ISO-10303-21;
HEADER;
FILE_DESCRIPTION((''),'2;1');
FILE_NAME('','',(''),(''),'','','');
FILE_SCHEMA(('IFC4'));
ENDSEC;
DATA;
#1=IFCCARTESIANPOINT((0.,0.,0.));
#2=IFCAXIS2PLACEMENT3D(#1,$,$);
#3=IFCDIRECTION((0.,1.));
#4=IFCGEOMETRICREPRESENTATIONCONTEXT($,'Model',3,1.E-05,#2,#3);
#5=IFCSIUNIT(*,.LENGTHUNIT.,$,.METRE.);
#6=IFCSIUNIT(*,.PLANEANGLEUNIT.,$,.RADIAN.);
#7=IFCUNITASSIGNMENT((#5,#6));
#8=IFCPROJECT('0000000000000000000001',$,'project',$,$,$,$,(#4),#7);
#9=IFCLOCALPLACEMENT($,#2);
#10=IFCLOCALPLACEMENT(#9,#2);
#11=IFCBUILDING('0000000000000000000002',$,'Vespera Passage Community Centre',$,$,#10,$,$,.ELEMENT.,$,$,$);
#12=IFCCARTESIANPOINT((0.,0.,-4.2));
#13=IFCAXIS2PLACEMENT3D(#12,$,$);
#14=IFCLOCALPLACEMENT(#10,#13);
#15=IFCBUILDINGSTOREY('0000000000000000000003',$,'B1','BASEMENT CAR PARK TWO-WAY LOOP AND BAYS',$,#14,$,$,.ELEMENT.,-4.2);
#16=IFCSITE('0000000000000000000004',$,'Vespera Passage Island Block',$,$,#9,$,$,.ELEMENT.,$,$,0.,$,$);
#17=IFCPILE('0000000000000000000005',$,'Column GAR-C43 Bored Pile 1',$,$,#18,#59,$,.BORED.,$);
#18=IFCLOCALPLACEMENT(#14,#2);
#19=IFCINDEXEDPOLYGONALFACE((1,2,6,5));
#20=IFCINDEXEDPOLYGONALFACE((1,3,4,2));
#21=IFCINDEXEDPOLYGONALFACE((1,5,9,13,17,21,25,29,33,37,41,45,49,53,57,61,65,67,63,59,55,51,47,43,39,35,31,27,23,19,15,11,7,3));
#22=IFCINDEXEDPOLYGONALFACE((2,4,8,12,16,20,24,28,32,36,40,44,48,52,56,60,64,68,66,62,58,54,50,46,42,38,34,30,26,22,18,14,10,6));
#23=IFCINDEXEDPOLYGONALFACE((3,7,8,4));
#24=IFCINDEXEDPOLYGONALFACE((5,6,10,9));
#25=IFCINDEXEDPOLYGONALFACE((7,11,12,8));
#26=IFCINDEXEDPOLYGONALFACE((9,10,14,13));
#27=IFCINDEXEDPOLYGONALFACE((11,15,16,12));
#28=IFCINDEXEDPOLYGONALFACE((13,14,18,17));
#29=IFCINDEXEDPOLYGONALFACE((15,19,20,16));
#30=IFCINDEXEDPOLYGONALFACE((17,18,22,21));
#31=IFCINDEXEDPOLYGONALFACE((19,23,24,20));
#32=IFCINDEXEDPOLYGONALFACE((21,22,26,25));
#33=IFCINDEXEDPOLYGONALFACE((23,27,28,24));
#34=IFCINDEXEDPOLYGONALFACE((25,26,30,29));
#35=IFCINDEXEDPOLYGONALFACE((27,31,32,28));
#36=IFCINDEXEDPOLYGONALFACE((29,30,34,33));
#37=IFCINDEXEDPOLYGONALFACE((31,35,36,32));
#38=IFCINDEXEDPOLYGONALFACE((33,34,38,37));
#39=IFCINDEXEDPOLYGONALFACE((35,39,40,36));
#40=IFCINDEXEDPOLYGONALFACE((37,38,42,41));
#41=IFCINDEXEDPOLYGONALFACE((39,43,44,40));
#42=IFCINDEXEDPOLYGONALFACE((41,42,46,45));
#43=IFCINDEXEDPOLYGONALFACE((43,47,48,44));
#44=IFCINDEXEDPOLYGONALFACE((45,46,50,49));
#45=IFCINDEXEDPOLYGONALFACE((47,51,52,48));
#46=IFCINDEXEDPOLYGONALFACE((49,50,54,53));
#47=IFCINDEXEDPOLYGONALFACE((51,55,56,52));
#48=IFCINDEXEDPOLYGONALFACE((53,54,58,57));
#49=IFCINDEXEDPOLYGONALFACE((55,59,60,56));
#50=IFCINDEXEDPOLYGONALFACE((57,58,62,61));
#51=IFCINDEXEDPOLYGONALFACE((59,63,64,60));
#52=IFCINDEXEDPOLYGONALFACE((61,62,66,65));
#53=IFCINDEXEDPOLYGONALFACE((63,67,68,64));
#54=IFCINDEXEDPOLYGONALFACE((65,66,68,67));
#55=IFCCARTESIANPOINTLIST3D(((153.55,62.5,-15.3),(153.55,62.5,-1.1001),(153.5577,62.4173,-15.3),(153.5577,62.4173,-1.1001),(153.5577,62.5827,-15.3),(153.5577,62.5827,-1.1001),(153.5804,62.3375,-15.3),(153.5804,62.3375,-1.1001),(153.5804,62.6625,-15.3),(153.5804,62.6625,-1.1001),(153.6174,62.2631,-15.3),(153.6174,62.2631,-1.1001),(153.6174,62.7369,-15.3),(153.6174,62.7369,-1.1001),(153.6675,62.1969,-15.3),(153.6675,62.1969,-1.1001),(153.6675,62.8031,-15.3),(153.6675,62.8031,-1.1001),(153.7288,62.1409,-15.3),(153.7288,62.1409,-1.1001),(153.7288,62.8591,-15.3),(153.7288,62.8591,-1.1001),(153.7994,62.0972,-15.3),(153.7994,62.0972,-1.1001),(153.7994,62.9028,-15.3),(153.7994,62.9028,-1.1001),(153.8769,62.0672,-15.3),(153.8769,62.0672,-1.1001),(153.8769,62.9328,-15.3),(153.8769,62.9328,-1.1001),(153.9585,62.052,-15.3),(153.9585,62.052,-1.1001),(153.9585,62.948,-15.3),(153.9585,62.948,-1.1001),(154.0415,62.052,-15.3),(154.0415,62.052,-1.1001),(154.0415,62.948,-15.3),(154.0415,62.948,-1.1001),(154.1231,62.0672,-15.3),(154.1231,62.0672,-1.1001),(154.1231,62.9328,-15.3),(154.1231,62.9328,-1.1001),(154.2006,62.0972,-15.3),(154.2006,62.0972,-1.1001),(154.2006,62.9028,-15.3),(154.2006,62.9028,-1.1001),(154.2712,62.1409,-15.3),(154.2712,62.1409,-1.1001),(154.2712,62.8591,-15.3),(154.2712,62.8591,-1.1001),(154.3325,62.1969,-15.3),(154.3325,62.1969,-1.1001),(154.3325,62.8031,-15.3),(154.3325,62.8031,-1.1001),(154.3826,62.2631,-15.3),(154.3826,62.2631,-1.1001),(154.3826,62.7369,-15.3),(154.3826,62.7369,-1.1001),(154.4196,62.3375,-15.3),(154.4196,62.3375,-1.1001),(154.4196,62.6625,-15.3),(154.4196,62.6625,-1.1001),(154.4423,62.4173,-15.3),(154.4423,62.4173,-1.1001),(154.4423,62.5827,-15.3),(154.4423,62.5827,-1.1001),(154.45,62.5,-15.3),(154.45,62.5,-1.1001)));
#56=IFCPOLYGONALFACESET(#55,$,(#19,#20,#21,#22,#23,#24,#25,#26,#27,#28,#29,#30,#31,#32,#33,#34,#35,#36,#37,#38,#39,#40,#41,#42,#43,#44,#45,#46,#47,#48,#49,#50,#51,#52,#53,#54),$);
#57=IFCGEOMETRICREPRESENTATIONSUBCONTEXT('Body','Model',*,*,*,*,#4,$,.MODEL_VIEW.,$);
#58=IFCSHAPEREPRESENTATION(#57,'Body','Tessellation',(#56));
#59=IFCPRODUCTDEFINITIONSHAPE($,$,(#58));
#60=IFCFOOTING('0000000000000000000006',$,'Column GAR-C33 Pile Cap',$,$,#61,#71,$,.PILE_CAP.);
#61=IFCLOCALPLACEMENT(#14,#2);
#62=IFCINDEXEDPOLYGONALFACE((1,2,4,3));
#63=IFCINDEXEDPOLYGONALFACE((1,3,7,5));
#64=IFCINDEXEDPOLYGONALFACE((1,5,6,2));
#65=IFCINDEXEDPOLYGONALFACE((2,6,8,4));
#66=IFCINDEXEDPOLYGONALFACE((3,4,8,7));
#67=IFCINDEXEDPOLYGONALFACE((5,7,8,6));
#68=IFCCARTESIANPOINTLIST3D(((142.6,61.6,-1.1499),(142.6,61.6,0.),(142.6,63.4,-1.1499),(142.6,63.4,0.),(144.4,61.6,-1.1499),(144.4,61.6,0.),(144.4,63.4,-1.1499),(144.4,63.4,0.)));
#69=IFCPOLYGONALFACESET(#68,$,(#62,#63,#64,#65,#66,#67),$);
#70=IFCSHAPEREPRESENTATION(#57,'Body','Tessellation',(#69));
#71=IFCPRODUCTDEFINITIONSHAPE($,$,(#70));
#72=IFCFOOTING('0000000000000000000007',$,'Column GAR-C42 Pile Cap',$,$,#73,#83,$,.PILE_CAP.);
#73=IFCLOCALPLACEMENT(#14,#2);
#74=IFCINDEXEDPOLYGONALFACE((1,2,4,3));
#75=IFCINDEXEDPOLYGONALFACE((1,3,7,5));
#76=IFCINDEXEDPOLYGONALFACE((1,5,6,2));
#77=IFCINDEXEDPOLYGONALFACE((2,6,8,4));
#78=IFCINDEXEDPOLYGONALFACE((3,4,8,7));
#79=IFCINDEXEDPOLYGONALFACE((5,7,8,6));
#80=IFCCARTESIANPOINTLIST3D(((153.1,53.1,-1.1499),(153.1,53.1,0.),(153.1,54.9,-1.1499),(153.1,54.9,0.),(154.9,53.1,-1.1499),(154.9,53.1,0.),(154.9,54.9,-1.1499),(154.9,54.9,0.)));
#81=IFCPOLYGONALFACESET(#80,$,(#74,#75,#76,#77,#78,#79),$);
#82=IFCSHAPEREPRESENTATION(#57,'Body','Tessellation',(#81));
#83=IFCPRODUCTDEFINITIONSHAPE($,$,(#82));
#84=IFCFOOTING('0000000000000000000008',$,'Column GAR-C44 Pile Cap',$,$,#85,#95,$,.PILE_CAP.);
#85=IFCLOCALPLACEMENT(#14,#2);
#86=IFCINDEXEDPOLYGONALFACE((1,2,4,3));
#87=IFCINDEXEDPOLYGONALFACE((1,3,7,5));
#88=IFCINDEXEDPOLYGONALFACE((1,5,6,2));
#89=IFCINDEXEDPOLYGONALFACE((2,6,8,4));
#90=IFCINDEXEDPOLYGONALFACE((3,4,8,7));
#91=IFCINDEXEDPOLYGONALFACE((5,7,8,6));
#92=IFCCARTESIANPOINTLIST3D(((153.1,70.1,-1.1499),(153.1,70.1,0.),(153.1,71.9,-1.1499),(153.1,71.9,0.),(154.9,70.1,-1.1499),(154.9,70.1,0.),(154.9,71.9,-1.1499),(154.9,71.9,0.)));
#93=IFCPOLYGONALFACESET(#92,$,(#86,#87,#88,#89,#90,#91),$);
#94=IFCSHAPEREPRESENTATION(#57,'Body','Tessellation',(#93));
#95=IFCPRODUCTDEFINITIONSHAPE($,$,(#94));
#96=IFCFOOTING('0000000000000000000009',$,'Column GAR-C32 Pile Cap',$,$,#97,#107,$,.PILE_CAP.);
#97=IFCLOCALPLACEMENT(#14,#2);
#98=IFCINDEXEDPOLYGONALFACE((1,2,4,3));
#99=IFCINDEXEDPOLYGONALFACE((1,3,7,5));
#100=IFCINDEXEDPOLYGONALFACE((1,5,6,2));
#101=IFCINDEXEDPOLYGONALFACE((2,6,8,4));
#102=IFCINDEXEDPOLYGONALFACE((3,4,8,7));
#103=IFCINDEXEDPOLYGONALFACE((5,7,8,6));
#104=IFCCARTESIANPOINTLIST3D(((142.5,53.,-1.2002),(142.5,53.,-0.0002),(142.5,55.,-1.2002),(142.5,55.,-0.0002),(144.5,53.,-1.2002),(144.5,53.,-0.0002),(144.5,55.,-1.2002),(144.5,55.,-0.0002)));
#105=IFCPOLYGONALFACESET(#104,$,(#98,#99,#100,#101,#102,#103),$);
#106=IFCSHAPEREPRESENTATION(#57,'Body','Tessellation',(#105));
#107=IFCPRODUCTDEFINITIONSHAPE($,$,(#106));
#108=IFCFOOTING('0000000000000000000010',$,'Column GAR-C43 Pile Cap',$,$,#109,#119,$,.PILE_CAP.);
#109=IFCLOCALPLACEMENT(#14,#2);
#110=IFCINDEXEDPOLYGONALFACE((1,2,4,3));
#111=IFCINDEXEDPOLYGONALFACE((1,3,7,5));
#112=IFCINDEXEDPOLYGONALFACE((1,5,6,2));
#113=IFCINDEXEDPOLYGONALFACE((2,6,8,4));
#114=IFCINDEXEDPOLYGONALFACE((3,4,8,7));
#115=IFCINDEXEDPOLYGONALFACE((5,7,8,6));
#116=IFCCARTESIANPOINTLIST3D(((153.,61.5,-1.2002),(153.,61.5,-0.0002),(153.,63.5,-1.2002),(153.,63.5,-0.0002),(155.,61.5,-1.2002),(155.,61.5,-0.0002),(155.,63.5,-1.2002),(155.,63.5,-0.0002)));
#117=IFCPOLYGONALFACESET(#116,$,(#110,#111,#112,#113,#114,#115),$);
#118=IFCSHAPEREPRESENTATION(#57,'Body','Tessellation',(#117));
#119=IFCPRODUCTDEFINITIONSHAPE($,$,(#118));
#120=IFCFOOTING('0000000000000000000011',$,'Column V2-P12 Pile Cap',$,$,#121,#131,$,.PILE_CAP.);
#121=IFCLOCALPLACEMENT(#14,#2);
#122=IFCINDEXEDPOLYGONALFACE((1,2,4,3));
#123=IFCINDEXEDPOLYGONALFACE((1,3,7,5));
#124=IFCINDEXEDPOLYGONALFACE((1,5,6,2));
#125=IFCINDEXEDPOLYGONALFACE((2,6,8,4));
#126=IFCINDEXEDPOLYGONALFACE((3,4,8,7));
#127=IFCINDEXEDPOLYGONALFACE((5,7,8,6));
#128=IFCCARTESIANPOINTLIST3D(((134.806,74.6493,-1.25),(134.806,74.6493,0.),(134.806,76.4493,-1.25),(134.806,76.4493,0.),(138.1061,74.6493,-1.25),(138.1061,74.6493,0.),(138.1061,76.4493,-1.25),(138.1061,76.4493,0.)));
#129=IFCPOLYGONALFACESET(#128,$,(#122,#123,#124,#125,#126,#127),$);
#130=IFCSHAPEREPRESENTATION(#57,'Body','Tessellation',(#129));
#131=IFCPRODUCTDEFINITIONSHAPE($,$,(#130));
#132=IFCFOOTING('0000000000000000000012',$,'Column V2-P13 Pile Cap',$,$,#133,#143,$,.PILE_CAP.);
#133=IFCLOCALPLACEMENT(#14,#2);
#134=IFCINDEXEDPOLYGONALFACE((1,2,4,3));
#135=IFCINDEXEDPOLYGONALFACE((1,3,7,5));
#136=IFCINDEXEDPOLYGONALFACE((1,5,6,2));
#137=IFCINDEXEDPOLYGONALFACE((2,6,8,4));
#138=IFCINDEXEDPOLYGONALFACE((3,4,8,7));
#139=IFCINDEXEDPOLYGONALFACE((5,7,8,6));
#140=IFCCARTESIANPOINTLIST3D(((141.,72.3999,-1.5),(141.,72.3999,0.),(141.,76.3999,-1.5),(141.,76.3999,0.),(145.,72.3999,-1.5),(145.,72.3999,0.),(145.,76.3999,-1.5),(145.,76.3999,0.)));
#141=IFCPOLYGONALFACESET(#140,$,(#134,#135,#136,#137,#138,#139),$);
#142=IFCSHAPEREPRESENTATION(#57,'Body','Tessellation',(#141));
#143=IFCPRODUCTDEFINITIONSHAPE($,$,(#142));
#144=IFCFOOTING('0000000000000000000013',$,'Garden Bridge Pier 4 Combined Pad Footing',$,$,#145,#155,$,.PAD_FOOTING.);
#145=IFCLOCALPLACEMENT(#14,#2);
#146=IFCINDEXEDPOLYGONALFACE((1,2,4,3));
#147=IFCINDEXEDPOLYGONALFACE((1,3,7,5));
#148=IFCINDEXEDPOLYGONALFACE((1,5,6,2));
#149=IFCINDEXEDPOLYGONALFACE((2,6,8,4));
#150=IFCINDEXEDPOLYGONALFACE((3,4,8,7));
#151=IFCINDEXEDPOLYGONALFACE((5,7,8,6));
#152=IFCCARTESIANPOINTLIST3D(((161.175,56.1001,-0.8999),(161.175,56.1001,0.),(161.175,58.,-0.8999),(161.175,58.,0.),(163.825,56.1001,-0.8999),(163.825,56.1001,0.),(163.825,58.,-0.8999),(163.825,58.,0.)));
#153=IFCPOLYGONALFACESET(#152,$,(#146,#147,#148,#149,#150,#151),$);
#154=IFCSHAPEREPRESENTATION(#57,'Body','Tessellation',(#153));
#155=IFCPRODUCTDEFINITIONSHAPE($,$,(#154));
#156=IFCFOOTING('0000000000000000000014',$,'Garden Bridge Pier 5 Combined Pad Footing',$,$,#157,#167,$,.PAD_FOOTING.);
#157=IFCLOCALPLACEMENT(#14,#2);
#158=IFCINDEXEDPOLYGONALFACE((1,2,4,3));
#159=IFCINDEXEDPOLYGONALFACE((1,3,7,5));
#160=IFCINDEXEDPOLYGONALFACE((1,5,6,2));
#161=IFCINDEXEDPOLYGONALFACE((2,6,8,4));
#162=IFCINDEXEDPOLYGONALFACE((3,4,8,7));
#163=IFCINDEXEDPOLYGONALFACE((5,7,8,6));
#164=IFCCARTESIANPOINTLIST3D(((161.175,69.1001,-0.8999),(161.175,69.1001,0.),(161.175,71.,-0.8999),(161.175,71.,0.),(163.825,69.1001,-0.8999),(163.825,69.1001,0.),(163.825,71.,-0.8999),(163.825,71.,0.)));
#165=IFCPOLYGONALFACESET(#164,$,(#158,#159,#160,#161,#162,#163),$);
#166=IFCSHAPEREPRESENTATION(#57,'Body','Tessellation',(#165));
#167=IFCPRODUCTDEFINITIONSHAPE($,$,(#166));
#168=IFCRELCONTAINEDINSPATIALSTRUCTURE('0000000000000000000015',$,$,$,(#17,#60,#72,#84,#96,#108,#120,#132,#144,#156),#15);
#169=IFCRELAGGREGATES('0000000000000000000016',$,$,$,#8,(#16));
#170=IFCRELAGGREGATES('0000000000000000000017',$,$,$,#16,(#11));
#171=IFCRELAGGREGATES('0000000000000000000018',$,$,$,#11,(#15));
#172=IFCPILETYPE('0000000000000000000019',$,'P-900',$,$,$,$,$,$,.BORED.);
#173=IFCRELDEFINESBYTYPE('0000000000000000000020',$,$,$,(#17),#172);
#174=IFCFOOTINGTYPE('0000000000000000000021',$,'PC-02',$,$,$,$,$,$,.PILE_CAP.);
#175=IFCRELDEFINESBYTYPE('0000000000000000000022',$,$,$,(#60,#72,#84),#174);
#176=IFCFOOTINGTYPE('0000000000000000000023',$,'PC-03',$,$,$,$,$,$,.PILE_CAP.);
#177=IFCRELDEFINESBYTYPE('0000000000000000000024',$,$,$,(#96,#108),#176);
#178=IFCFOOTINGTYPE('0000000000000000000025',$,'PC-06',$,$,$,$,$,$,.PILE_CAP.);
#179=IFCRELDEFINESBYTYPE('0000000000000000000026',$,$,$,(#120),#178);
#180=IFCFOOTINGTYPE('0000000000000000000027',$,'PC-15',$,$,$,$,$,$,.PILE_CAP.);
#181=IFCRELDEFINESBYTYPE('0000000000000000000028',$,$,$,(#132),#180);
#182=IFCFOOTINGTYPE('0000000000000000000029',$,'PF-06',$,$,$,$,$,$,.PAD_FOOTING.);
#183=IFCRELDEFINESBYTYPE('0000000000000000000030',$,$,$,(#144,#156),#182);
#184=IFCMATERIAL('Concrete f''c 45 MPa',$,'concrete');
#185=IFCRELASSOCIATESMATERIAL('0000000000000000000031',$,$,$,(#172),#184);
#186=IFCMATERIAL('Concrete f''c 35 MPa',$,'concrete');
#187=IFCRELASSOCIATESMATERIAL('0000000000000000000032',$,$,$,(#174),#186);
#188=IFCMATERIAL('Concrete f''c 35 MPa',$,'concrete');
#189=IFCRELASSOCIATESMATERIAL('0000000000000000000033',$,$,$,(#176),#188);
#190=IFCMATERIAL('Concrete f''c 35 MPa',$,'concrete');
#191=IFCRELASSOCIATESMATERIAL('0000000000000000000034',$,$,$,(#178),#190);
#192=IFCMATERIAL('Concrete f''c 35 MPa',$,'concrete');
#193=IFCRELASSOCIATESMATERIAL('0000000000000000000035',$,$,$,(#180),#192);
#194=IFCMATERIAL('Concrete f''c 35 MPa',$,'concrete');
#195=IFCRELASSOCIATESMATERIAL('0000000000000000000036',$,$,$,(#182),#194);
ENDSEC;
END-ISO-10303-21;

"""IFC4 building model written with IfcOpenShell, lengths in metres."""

from ifc_helpers import new_model, si_unit, direction, frame, origin, origin_2d, place, context, subcontext, project, spatial, rectangle, circle, extrude, material, material_profile, profile_set, type_object, element, save


model = new_model("IFC4")

# Units and contexts
model_context = context("Model", 3, precision=1e-05, world=origin(), true_north=direction((0.0, 1.0)))
body_context = subcontext(model_context, "Body", "Model", "MODEL_VIEW")
ifc_project = project(units=[si_unit("LENGTHUNIT", "METRE"), si_unit("PLANEANGLEUNIT", "RADIAN")], contexts=[model_context])

# Site, building, storey
site_placement = place(None, origin())
site = spatial("IfcSite", under=ifc_project, at=site_placement, Name="Vespera Passage Island Block", CompositionType="ELEMENT", RefElevation=0.0)
building_placement = place(site_placement, origin())
building = spatial("IfcBuilding", under=site, at=building_placement, Name="Vespera Passage Community Centre", CompositionType="ELEMENT")
storey_placement = place(building_placement, frame((0.0, 0.0, -4.2)))
storey = spatial("IfcBuildingStorey", under=building, at=storey_placement, Name="B1", Description="BASEMENT CAR PARK TWO-WAY LOOP AND BAYS", CompositionType="ELEMENT", Elevation=-4.2)

# Pile
ifc_material_1 = material(Name="Concrete f'c 45 MPa", Category="concrete")
ifc_material_profile_1 = material_profile(ifc_material_1, circle(Radius=0.45, at=origin_2d()), Name="PILE900DIA")
ifc_profile_set_1 = profile_set([ifc_material_profile_1], Name="Concrete f'c 45 MPa")
pile_type_1 = type_object("IfcPileType", Name="P-900", PredefinedType="BORED", material=ifc_profile_set_1)
for number, where, z_axis, x_axis, name in (
    (1, (154.0, 62.5, -1.1001), (0.0, 0.0, -1.0), (1.0, 0.0, 0.0), "Column GAR-C43 Bored Pile 1"),
):
    element("IfcPile", number, at=place(storey_placement, frame(where, z_axis=z_axis, x_axis=x_axis)), inside=storey, type_object=pile_type_1, Name=name, PredefinedType="BORED", context=body_context, shape_type="SweptSolid", body=[
        extrude(circle(Radius=0.45, at=origin_2d()), origin(), (0.0, 0.0, 1.0), 14.2),
    ])

# Footings
ifc_material_2 = material(Name="Concrete f'c 35 MPa", Category="concrete")
footing_type_1 = type_object("IfcFootingType", Name="PC-02", PredefinedType="PILE_CAP", material=ifc_material_2)
for number, where, z_axis, x_axis, name in (
    (2, (143.5, 62.5, -1.1499), (0.0, 0.0, 1.0), (1.0, 0.0, 0.0), "Column GAR-C33 Pile Cap"),
    (3, (154.0, 54.0, -1.1499), (0.0, 0.0, 1.0), (1.0, 0.0, 0.0), "Column GAR-C42 Pile Cap"),
    (4, (154.0, 71.0, -1.1499), (0.0, 0.0, 1.0), (1.0, 0.0, 0.0), "Column GAR-C44 Pile Cap"),
):
    element("IfcFooting", number, at=place(storey_placement, frame(where, z_axis=z_axis, x_axis=x_axis)), inside=storey, type_object=footing_type_1, Name=name, PredefinedType="PILE_CAP", context=body_context, shape_type="SweptSolid", body=[
        extrude(rectangle(XDim=1.8, YDim=1.8, at=origin_2d()), origin(), (0.0, 0.0, 1.0), 1.1499),
    ])
ifc_material_3 = material(Name="Concrete f'c 35 MPa", Category="concrete")
footing_type_2 = type_object("IfcFootingType", Name="PC-03", PredefinedType="PILE_CAP", material=ifc_material_3)
for number, where, z_axis, x_axis, name in (
    (5, (143.5, 54.0, -1.2002), (0.0, 0.0, 1.0), (1.0, 0.0, 0.0), "Column GAR-C32 Pile Cap"),
    (6, (154.0, 62.5, -1.2002), (0.0, 0.0, 1.0), (1.0, 0.0, 0.0), "Column GAR-C43 Pile Cap"),
):
    element("IfcFooting", number, at=place(storey_placement, frame(where, z_axis=z_axis, x_axis=x_axis)), inside=storey, type_object=footing_type_2, Name=name, PredefinedType="PILE_CAP", context=body_context, shape_type="SweptSolid", body=[
        extrude(rectangle(XDim=2.0, YDim=2.0, at=origin_2d()), origin(), (0.0, 0.0, 1.0), 1.2),
    ])
ifc_material_4 = material(Name="Concrete f'c 35 MPa", Category="concrete")
footing_type_3 = type_object("IfcFootingType", Name="PC-06", PredefinedType="PILE_CAP", material=ifc_material_4)
footing_1_placement = place(storey_placement, frame((136.4561, 75.5493, -1.25), z_axis=(0.0, 0.0, 1.0), x_axis=(1.0, 0.0, 0.0)))
element("IfcFooting", 7, at=footing_1_placement, inside=storey, type_object=footing_type_3, Name="Column V2-P12 Pile Cap", PredefinedType="PILE_CAP", context=body_context, shape_type="SweptSolid", body=[
    extrude(rectangle(XDim=3.3, YDim=1.8, at=origin_2d()), origin(), (0.0, 0.0, 1.0), 1.25),
])
ifc_material_5 = material(Name="Concrete f'c 35 MPa", Category="concrete")
footing_type_4 = type_object("IfcFootingType", Name="PC-15", PredefinedType="PILE_CAP", material=ifc_material_5)
footing_2_placement = place(storey_placement, frame((143.0, 74.3999, -1.5), z_axis=(0.0, 0.0, 1.0), x_axis=(1.0, 0.0, 0.0)))
element("IfcFooting", 8, at=footing_2_placement, inside=storey, type_object=footing_type_4, Name="Column V2-P13 Pile Cap", PredefinedType="PILE_CAP", context=body_context, shape_type="SweptSolid", body=[
    extrude(rectangle(XDim=4.0, YDim=4.0, at=origin_2d()), origin(), (0.0, 0.0, 1.0), 1.5),
])
ifc_material_6 = material(Name="Concrete f'c 35 MPa", Category="concrete")
footing_type_5 = type_object("IfcFootingType", Name="PF-06", PredefinedType="PAD_FOOTING", material=ifc_material_6)
for number, where, z_axis, x_axis, name in (
    (9, (162.5, 57.05, -0.8999), (0.0, 0.0, 1.0), (1.0, 0.0, 0.0), "Garden Bridge Pier 4 Combined Pad Footing"),
    (10, (162.5, 70.05, -0.8999), (0.0, 0.0, 1.0), (1.0, 0.0, 0.0), "Garden Bridge Pier 5 Combined Pad Footing"),
):
    element("IfcFooting", number, at=place(storey_placement, frame(where, z_axis=z_axis, x_axis=x_axis)), inside=storey, type_object=footing_type_5, Name=name, PredefinedType="PAD_FOOTING", context=body_context, shape_type="SweptSolid", body=[
        extrude(rectangle(XDim=2.6499, YDim=1.8999, at=origin_2d()), origin(), (0.0, 0.0, 1.0), 0.8999),
    ])

save(model, "model.ifc")
